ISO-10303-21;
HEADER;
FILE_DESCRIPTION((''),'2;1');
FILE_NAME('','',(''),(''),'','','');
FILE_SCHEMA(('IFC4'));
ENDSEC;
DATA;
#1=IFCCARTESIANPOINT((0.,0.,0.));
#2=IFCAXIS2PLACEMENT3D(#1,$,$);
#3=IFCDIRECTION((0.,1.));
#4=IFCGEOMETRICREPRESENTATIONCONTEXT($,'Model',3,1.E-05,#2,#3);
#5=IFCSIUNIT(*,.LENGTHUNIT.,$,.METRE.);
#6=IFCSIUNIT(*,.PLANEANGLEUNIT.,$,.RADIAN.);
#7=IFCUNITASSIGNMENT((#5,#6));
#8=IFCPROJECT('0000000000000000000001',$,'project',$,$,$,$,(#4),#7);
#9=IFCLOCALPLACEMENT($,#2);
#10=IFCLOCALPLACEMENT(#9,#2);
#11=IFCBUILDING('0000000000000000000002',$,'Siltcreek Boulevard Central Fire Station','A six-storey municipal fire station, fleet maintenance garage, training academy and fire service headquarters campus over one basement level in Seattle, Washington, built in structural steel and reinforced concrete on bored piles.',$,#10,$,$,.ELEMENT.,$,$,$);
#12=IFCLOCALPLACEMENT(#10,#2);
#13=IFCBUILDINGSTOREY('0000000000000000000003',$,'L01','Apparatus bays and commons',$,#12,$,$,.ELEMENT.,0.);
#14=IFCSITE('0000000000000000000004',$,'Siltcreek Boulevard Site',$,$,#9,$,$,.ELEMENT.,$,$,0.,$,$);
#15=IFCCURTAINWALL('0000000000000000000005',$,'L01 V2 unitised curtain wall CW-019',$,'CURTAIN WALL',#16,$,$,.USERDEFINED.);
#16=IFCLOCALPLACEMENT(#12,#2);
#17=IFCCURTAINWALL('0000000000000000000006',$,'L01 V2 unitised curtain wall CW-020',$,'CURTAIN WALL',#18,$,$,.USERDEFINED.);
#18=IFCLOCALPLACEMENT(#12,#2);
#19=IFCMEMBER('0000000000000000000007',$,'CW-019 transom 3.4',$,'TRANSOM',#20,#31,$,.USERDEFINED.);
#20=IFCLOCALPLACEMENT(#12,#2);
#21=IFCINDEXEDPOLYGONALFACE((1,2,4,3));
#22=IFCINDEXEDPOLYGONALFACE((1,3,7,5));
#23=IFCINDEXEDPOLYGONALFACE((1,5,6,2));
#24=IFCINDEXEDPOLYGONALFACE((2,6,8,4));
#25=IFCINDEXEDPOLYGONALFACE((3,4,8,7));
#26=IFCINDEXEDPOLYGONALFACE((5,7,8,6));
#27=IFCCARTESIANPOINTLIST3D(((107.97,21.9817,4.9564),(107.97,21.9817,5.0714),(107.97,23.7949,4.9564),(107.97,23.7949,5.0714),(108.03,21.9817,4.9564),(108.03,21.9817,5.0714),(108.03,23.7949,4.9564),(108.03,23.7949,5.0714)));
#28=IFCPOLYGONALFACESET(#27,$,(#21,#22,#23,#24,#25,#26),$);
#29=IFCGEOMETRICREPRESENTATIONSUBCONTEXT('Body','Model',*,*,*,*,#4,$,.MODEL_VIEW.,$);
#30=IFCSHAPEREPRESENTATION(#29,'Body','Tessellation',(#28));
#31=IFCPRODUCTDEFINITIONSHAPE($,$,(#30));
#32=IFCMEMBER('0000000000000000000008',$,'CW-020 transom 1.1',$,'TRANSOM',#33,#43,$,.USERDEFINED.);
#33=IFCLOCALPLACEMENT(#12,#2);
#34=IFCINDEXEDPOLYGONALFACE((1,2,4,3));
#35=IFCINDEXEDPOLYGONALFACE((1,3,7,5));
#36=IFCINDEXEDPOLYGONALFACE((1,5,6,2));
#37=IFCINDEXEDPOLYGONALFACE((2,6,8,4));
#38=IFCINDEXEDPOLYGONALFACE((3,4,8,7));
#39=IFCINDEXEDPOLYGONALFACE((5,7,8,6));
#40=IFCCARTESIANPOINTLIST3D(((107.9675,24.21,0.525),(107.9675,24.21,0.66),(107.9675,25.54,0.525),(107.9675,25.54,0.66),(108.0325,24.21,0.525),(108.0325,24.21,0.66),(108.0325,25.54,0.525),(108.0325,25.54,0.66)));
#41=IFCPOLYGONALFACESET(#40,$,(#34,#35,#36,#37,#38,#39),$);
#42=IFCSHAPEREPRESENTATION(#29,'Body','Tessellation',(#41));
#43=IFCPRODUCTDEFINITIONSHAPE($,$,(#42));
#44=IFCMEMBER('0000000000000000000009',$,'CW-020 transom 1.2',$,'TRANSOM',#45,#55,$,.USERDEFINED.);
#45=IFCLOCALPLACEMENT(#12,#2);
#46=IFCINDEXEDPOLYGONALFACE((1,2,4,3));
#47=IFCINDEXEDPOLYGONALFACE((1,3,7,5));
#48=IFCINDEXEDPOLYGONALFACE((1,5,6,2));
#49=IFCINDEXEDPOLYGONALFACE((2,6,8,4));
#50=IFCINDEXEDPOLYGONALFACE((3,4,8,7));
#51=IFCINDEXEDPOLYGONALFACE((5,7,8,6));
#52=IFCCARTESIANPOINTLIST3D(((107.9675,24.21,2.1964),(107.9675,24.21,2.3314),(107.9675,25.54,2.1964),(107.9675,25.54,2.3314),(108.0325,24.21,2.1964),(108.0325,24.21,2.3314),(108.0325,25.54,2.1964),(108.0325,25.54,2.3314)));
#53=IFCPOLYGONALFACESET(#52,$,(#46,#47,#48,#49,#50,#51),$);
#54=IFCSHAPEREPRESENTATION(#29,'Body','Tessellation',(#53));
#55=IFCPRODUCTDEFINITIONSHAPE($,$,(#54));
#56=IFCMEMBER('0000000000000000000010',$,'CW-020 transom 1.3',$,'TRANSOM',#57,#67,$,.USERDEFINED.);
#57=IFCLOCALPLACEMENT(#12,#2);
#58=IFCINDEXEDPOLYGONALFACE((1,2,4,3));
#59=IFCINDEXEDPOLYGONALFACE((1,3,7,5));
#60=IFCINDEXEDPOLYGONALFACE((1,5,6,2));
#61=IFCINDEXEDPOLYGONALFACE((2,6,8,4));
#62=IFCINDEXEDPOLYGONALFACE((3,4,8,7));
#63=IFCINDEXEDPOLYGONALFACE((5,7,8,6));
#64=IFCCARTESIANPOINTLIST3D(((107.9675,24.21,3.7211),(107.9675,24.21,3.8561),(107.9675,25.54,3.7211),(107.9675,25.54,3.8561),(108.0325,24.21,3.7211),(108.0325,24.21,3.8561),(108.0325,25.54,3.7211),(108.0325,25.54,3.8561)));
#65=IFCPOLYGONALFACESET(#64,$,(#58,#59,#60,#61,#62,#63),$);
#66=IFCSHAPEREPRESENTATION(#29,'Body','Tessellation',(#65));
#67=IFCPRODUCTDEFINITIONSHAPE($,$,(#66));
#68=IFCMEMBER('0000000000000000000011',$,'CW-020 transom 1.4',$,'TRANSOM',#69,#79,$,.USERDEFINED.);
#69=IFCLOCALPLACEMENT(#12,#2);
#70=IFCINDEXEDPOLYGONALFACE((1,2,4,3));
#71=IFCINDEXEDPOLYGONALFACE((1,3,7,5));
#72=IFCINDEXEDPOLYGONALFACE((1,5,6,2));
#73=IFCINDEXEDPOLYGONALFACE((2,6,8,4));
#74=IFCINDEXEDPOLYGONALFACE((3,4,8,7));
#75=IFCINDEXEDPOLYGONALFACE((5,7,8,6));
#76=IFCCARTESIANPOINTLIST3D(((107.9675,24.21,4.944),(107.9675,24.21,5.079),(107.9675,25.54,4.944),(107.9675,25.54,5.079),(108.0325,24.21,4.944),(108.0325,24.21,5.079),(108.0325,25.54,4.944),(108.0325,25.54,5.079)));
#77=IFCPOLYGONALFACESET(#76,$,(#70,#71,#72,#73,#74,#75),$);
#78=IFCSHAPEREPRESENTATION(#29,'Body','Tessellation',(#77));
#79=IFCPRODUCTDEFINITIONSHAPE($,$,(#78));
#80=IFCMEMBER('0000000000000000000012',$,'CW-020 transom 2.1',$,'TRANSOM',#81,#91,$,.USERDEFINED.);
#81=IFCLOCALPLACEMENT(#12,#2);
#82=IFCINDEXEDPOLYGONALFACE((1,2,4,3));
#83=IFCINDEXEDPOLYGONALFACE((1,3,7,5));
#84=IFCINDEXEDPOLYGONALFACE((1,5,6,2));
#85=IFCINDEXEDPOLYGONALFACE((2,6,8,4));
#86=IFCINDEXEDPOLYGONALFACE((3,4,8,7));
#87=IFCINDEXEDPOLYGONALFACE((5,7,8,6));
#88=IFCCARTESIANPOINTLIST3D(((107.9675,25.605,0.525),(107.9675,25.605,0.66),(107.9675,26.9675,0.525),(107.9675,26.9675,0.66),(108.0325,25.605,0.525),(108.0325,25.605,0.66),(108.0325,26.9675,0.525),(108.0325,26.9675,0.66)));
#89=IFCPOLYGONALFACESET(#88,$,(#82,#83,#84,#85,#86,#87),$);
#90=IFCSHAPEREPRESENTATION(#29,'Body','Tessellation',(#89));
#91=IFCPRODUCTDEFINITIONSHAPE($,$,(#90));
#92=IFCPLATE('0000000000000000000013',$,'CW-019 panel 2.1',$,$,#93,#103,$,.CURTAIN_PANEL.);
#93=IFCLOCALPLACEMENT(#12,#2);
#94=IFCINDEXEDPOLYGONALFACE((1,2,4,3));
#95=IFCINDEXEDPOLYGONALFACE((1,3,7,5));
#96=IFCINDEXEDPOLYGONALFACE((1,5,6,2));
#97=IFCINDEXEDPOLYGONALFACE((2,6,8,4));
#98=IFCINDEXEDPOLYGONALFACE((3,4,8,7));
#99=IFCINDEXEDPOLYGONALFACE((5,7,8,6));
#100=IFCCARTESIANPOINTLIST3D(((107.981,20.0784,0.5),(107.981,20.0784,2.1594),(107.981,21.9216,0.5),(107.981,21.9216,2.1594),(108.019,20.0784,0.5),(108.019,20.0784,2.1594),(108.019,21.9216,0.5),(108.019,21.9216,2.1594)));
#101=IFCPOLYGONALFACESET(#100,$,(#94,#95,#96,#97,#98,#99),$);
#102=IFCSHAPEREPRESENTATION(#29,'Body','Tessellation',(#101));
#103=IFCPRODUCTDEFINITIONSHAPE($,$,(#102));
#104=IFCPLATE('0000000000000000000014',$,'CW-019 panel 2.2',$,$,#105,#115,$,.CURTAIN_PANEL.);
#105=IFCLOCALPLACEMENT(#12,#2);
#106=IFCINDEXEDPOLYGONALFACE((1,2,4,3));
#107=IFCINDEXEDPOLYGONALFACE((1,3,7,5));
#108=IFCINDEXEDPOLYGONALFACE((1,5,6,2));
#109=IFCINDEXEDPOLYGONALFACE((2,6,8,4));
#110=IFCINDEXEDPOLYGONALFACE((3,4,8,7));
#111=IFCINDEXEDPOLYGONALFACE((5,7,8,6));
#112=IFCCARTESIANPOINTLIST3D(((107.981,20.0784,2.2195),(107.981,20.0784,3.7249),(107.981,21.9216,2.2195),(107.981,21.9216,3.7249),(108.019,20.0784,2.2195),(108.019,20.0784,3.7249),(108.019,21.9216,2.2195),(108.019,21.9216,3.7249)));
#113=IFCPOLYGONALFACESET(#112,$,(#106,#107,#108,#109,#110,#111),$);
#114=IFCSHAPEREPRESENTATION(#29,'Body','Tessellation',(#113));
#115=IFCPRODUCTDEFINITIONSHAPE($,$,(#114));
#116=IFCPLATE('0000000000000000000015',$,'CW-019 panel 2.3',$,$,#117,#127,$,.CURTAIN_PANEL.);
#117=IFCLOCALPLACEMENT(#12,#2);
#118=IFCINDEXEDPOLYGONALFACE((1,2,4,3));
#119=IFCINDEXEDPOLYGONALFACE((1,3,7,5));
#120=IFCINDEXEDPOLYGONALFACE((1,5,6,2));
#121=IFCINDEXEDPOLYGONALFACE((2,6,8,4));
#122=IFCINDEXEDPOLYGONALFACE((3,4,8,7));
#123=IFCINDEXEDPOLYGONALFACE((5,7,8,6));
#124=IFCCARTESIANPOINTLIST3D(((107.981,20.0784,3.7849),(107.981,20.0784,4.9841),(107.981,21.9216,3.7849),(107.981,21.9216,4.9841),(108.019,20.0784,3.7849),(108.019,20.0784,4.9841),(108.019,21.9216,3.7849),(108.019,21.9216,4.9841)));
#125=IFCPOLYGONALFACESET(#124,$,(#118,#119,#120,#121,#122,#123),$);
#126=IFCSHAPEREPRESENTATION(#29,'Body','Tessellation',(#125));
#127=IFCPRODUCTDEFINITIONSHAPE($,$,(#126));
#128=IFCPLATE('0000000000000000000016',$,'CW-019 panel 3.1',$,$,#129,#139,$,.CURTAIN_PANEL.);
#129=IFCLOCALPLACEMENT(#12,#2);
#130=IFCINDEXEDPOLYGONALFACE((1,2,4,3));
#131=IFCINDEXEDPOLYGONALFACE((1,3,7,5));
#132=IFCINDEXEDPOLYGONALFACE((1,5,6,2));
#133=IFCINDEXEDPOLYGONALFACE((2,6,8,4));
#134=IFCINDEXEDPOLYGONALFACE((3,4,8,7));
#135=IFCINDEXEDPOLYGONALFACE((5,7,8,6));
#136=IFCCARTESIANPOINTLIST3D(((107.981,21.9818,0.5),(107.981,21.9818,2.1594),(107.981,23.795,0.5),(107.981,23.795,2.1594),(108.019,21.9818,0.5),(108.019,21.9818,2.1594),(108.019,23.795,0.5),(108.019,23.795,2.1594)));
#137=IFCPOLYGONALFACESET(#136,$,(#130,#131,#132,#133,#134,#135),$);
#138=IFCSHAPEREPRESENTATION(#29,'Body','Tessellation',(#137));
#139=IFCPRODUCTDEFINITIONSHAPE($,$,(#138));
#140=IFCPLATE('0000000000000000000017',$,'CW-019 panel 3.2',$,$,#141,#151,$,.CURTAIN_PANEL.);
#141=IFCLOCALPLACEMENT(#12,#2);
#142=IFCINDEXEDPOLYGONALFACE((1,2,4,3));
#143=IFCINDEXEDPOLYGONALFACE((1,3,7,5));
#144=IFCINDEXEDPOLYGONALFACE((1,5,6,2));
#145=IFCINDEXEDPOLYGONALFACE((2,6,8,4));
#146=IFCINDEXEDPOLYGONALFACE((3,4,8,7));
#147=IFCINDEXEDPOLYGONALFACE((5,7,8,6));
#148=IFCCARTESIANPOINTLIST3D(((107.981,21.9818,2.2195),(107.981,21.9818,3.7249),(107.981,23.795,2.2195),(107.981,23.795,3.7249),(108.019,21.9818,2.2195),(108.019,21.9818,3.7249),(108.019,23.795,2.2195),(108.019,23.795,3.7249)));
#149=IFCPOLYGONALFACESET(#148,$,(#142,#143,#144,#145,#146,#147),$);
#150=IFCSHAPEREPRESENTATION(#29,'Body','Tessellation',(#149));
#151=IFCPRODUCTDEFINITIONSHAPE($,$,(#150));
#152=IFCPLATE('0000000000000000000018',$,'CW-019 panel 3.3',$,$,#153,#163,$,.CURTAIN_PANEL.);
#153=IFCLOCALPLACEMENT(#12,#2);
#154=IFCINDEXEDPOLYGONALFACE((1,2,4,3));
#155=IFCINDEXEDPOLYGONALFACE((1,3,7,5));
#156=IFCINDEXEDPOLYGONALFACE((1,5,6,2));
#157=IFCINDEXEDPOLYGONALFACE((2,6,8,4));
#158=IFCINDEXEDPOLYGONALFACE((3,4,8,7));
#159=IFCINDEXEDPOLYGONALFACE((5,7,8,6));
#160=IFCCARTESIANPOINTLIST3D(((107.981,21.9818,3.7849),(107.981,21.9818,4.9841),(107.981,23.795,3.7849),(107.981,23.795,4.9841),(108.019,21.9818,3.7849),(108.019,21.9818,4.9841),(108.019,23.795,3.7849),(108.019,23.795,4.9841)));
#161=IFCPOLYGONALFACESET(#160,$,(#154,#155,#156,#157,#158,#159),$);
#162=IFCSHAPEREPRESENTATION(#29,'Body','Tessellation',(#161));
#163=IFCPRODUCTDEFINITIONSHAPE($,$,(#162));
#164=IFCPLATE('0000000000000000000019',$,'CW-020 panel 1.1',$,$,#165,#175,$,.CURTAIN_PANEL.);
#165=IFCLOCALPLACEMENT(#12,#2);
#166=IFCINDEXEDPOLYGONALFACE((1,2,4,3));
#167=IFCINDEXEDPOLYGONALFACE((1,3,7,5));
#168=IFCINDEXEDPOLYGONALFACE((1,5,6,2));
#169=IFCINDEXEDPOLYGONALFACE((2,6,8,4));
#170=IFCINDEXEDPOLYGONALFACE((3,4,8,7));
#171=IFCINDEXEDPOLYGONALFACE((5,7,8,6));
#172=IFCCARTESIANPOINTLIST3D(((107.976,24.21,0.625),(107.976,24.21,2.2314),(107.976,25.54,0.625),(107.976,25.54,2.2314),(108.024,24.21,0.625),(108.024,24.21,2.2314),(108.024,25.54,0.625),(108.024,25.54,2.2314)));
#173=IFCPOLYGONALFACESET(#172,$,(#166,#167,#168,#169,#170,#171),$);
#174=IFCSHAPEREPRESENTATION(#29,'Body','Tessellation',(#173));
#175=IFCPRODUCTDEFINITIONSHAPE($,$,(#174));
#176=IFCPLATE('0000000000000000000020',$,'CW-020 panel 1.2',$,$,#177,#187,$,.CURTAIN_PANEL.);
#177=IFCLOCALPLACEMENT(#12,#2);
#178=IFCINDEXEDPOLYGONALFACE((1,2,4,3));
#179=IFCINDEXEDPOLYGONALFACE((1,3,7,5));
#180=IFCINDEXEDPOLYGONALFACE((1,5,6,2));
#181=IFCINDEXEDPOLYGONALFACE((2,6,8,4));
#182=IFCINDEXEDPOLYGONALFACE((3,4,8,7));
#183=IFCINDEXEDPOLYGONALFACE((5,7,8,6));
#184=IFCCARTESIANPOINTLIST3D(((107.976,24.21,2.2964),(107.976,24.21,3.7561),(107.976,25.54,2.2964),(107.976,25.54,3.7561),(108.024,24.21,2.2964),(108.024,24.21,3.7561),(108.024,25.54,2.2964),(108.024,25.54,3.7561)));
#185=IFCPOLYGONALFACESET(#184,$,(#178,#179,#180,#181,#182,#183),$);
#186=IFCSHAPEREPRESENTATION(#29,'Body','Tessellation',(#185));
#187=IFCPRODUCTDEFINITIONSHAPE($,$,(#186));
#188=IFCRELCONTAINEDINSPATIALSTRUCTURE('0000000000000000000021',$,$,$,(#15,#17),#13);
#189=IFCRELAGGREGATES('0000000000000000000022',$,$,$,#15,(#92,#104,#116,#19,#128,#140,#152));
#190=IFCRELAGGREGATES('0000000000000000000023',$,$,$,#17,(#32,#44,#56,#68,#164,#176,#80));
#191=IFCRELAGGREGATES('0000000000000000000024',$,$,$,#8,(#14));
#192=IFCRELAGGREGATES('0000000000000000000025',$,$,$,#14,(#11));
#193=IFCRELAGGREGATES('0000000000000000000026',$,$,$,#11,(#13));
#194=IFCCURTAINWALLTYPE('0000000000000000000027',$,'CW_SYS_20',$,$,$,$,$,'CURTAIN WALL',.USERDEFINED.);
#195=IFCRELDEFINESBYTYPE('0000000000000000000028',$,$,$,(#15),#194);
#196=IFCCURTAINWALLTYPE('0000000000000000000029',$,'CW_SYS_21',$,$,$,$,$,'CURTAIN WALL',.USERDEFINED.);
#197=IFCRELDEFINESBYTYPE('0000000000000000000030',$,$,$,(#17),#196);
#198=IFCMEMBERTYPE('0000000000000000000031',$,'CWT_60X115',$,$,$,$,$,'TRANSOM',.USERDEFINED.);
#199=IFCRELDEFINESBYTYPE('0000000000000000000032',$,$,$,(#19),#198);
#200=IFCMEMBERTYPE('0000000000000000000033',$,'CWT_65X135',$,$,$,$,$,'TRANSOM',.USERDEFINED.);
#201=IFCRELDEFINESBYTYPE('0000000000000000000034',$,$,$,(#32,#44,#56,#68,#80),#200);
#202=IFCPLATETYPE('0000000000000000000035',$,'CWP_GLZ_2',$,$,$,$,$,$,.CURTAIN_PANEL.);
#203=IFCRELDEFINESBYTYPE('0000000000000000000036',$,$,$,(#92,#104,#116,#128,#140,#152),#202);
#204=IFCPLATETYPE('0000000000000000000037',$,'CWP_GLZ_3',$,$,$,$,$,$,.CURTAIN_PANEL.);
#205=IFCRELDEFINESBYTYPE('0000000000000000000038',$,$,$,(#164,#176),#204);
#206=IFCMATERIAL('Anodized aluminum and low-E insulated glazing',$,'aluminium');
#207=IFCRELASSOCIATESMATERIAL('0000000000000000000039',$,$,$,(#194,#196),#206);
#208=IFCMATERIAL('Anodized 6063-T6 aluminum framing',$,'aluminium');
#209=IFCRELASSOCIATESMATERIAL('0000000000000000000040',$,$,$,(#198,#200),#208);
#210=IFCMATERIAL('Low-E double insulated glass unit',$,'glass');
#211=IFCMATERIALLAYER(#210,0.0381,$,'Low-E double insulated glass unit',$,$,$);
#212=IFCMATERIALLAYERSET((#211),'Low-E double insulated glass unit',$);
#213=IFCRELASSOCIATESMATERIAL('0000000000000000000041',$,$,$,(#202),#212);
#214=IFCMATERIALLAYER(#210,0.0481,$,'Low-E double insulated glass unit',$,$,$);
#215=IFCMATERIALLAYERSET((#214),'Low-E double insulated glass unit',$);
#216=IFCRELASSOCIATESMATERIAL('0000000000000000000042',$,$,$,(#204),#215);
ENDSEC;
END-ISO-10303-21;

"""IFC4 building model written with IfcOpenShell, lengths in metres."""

from ifc_helpers import new_model, si_unit, direction, frame, origin, origin_2d, place, context, subcontext, project, spatial, rectangle, extrude, material, layer, layer_set, material_profile, profile_set, type_object, element, aggregate, save


model = new_model("IFC4")

# Units and contexts
model_context = context("Model", 3, precision=1e-05, world=origin(), true_north=direction((0.0, 1.0)))
body_context = subcontext(model_context, "Body", "Model", "MODEL_VIEW")
ifc_project = project(units=[si_unit("LENGTHUNIT", "METRE"), si_unit("PLANEANGLEUNIT", "RADIAN")], contexts=[model_context])

# Site, building, storey
site_placement = place(None, origin())
site = spatial("IfcSite", under=ifc_project, at=site_placement, Name="Siltcreek Boulevard Site", CompositionType="ELEMENT", RefElevation=0.0)
building_placement = place(site_placement, origin())
building = spatial("IfcBuilding", under=site, at=building_placement, Name="Siltcreek Boulevard Central Fire Station", Description="A six-storey municipal fire station, fleet maintenance garage, training academy and fire service headquarters campus over one basement level in Seattle, Washington, built in structural steel and reinforced concrete on bored piles.", CompositionType="ELEMENT")
storey_placement = place(building_placement, origin())
storey = spatial("IfcBuildingStorey", under=building, at=storey_placement, Name="L01", Description="Apparatus bays and commons", CompositionType="ELEMENT", Elevation=0.0)

# Curtain walls
ifc_material_1 = material(Name="Anodized aluminum and low-E insulated glazing", Category="aluminium")
curtain_wall_type_1 = type_object("IfcCurtainWallType", Name="CW_SYS_20", ElementType="CURTAIN WALL", PredefinedType="USERDEFINED", material=ifc_material_1)
curtain_wall_1_placement = place(storey_placement, origin())
curtain_wall_1 = element("IfcCurtainWall", 1, at=curtain_wall_1_placement, inside=storey, type_object=curtain_wall_type_1, Name="L01 V2 unitised curtain wall CW-019", ObjectType="CURTAIN WALL", PredefinedType="USERDEFINED")
ifc_material_2 = material(Name="Anodized 6063-T6 aluminum framing", Category="aluminium")
curtain_wall_type_2 = type_object("IfcCurtainWallType", Name="CW_SYS_21", ElementType="CURTAIN WALL", PredefinedType="USERDEFINED", material=ifc_material_1)
curtain_wall_2_placement = place(storey_placement, origin())
curtain_wall_2 = element("IfcCurtainWall", 2, at=curtain_wall_2_placement, inside=storey, type_object=curtain_wall_type_2, Name="L01 V2 unitised curtain wall CW-020", ObjectType="CURTAIN WALL", PredefinedType="USERDEFINED")

# Members
ifc_material_profile_1 = material_profile(ifc_material_2, rectangle(XDim=0.0601, YDim=0.115, at=origin_2d()), Name="TRAN60X115")
ifc_profile_set_1 = profile_set([ifc_material_profile_1], Name="Anodized 6063-T6 aluminum framing")
member_type_1 = type_object("IfcMemberType", Name="CWT_60X115", ElementType="TRANSOM", PredefinedType="USERDEFINED", material=ifc_profile_set_1)
member_1_placement = place(storey_placement, frame((108.0, 21.9817, 5.0139), z_axis=(0.0, 1.0, 0.0), x_axis=(-1.0, 0.0, 0.0)))
member_1 = element("IfcMember", 3, at=member_1_placement, type_object=member_type_1, Name="CW-019 transom 3.4", ObjectType="TRANSOM", PredefinedType="USERDEFINED", context=body_context, shape_type="SweptSolid", body=[
    extrude(rectangle(XDim=0.0601, YDim=0.115, at=origin_2d()), origin(), (0.0, 0.0, 1.0), 1.8132),
])
ifc_material_profile_2 = material_profile(ifc_material_2, rectangle(XDim=0.0649, YDim=0.135, at=origin_2d()), Name="TRAN65X135")
ifc_profile_set_2 = profile_set([ifc_material_profile_2], Name="Anodized 6063-T6 aluminum framing")
member_type_2 = type_object("IfcMemberType", Name="CWT_65X135", ElementType="TRANSOM", PredefinedType="USERDEFINED", material=ifc_profile_set_2)
member_2_placement = place(storey_placement, frame((108.0, 24.21, 0.5925), z_axis=(0.0, 1.0, 0.0), x_axis=(-1.0, 0.0, 0.0)))
member_2 = element("IfcMember", 4, at=member_2_placement, type_object=member_type_2, Name="CW-020 transom 1.1", ObjectType="TRANSOM", PredefinedType="USERDEFINED", context=body_context, shape_type="SweptSolid", body=[
    extrude(rectangle(XDim=0.0649, YDim=0.135, at=origin_2d()), origin(), (0.0, 0.0, 1.0), 1.3301),
])
member_3_placement = place(storey_placement, frame((108.0, 24.21, 2.2639), z_axis=(0.0, 1.0, 0.0), x_axis=(-1.0, 0.0, 0.0)))
member_3 = element("IfcMember", 5, at=member_3_placement, type_object=member_type_2, Name="CW-020 transom 1.2", ObjectType="TRANSOM", PredefinedType="USERDEFINED", context=body_context, shape_type="SweptSolid", body=[
    extrude(rectangle(XDim=0.0649, YDim=0.135, at=origin_2d()), origin(), (0.0, 0.0, 1.0), 1.3301),
])
member_4_placement = place(storey_placement, frame((108.0, 24.21, 3.7886), z_axis=(0.0, 1.0, 0.0), x_axis=(-1.0, 0.0, 0.0)))
member_4 = element("IfcMember", 6, at=member_4_placement, type_object=member_type_2, Name="CW-020 transom 1.3", ObjectType="TRANSOM", PredefinedType="USERDEFINED", context=body_context, shape_type="SweptSolid", body=[
    extrude(rectangle(XDim=0.0649, YDim=0.135, at=origin_2d()), origin(), (0.0, 0.0, 1.0), 1.3301),
])
member_5_placement = place(storey_placement, frame((108.0, 24.21, 5.0115), z_axis=(0.0, 1.0, 0.0), x_axis=(-1.0, 0.0, 0.0)))
member_5 = element("IfcMember", 7, at=member_5_placement, type_object=member_type_2, Name="CW-020 transom 1.4", ObjectType="TRANSOM", PredefinedType="USERDEFINED", context=body_context, shape_type="SweptSolid", body=[
    extrude(rectangle(XDim=0.0649, YDim=0.135, at=origin_2d()), origin(), (0.0, 0.0, 1.0), 1.3301),
])
member_6_placement = place(storey_placement, frame((108.0, 25.605, 0.5925), z_axis=(0.0, 1.0, 0.0), x_axis=(-1.0, 0.0, 0.0)))
member_6 = element("IfcMember", 8, at=member_6_placement, type_object=member_type_2, Name="CW-020 transom 2.1", ObjectType="TRANSOM", PredefinedType="USERDEFINED", context=body_context, shape_type="SweptSolid", body=[
    extrude(rectangle(XDim=0.0649, YDim=0.135, at=origin_2d()), origin(), (0.0, 0.0, 1.0), 1.3625),
])

# Plates
ifc_material_3 = material(Name="Low-E double insulated glass unit", Category="glass")
ifc_layer_1 = layer(ifc_material_3, 0.0381, Name="Low-E double insulated glass unit")
ifc_layer_set_1 = layer_set([ifc_layer_1], Name="Low-E double insulated glass unit")
plate_type_1 = type_object("IfcPlateType", Name="CWP_GLZ_2", PredefinedType="CURTAIN_PANEL", material=ifc_layer_set_1)
plate_1_placement = place(storey_placement, frame((108.0, 21.0, 0.5), z_axis=(0.0, 0.0, 1.0), x_axis=(0.0, 1.0, 0.0)))
plate_1 = element("IfcPlate", 9, at=plate_1_placement, type_object=plate_type_1, Name="CW-019 panel 2.1", PredefinedType="CURTAIN_PANEL", context=body_context, shape_type="SweptSolid", body=[
    extrude(rectangle(XDim=1.8433, YDim=0.0381, at=origin_2d()), origin(), (0.0, 0.0, 1.0), 1.6594),
])
plate_2_placement = place(storey_placement, frame((108.0, 21.0, 2.2195), z_axis=(0.0, 0.0, 1.0), x_axis=(0.0, 1.0, 0.0)))
plate_2 = element("IfcPlate", 10, at=plate_2_placement, type_object=plate_type_1, Name="CW-019 panel 2.2", PredefinedType="CURTAIN_PANEL", context=body_context, shape_type="SweptSolid", body=[
    extrude(rectangle(XDim=1.8433, YDim=0.0381, at=origin_2d()), origin(), (0.0, 0.0, 1.0), 1.5054),
])
plate_3_placement = place(storey_placement, frame((108.0, 21.0, 3.7849), z_axis=(0.0, 0.0, 1.0), x_axis=(0.0, 1.0, 0.0)))
plate_3 = element("IfcPlate", 11, at=plate_3_placement, type_object=plate_type_1, Name="CW-019 panel 2.3", PredefinedType="CURTAIN_PANEL", context=body_context, shape_type="SweptSolid", body=[
    extrude(rectangle(XDim=1.8433, YDim=0.0381, at=origin_2d()), origin(), (0.0, 0.0, 1.0), 1.1992),
])
plate_4_placement = place(storey_placement, frame((108.0, 22.8884, 0.5), z_axis=(0.0, 0.0, 1.0), x_axis=(0.0, 1.0, 0.0)))
plate_4 = element("IfcPlate", 12, at=plate_4_placement, type_object=plate_type_1, Name="CW-019 panel 3.1", PredefinedType="CURTAIN_PANEL", context=body_context, shape_type="SweptSolid", body=[
    extrude(rectangle(XDim=1.8132, YDim=0.0381, at=origin_2d()), origin(), (0.0, 0.0, 1.0), 1.6594),
])
plate_5_placement = place(storey_placement, frame((108.0, 22.8884, 2.2195), z_axis=(0.0, 0.0, 1.0), x_axis=(0.0, 1.0, 0.0)))
plate_5 = element("IfcPlate", 13, at=plate_5_placement, type_object=plate_type_1, Name="CW-019 panel 3.2", PredefinedType="CURTAIN_PANEL", context=body_context, shape_type="SweptSolid", body=[
    extrude(rectangle(XDim=1.8132, YDim=0.0381, at=origin_2d()), origin(), (0.0, 0.0, 1.0), 1.5054),
])
plate_6_placement = place(storey_placement, frame((108.0, 22.8884, 3.7849), z_axis=(0.0, 0.0, 1.0), x_axis=(0.0, 1.0, 0.0)))
plate_6 = element("IfcPlate", 14, at=plate_6_placement, type_object=plate_type_1, Name="CW-019 panel 3.3", PredefinedType="CURTAIN_PANEL", context=body_context, shape_type="SweptSolid", body=[
    extrude(rectangle(XDim=1.8132, YDim=0.0381, at=origin_2d()), origin(), (0.0, 0.0, 1.0), 1.1992),
])
aggregate(curtain_wall_1, [plate_1, plate_2, plate_3, member_1, plate_4, plate_5, plate_6])
ifc_layer_2 = layer(ifc_material_3, 0.0481, Name="Low-E double insulated glass unit")
ifc_layer_set_2 = layer_set([ifc_layer_2], Name="Low-E double insulated glass unit")
plate_type_2 = type_object("IfcPlateType", Name="CWP_GLZ_3", PredefinedType="CURTAIN_PANEL", material=ifc_layer_set_2)
plate_7_placement = place(storey_placement, frame((108.0, 24.875, 0.625), z_axis=(0.0, 0.0, 1.0), x_axis=(0.0, 1.0, 0.0)))
plate_7 = element("IfcPlate", 15, at=plate_7_placement, type_object=plate_type_2, Name="CW-020 panel 1.1", PredefinedType="CURTAIN_PANEL", context=body_context, shape_type="SweptSolid", body=[
    extrude(rectangle(XDim=1.3301, YDim=0.0481, at=origin_2d()), origin(), (0.0, 0.0, 1.0), 1.6064),
])
plate_8_placement = place(storey_placement, frame((108.0, 24.875, 2.2964), z_axis=(0.0, 0.0, 1.0), x_axis=(0.0, 1.0, 0.0)))
plate_8 = element("IfcPlate", 16, at=plate_8_placement, type_object=plate_type_2, Name="CW-020 panel 1.2", PredefinedType="CURTAIN_PANEL", context=body_context, shape_type="SweptSolid", body=[
    extrude(rectangle(XDim=1.3301, YDim=0.0481, at=origin_2d()), origin(), (0.0, 0.0, 1.0), 1.4597),
])
aggregate(curtain_wall_2, [member_2, member_3, member_4, member_5, plate_7, plate_8, member_6])

save(model, "model.ifc")
